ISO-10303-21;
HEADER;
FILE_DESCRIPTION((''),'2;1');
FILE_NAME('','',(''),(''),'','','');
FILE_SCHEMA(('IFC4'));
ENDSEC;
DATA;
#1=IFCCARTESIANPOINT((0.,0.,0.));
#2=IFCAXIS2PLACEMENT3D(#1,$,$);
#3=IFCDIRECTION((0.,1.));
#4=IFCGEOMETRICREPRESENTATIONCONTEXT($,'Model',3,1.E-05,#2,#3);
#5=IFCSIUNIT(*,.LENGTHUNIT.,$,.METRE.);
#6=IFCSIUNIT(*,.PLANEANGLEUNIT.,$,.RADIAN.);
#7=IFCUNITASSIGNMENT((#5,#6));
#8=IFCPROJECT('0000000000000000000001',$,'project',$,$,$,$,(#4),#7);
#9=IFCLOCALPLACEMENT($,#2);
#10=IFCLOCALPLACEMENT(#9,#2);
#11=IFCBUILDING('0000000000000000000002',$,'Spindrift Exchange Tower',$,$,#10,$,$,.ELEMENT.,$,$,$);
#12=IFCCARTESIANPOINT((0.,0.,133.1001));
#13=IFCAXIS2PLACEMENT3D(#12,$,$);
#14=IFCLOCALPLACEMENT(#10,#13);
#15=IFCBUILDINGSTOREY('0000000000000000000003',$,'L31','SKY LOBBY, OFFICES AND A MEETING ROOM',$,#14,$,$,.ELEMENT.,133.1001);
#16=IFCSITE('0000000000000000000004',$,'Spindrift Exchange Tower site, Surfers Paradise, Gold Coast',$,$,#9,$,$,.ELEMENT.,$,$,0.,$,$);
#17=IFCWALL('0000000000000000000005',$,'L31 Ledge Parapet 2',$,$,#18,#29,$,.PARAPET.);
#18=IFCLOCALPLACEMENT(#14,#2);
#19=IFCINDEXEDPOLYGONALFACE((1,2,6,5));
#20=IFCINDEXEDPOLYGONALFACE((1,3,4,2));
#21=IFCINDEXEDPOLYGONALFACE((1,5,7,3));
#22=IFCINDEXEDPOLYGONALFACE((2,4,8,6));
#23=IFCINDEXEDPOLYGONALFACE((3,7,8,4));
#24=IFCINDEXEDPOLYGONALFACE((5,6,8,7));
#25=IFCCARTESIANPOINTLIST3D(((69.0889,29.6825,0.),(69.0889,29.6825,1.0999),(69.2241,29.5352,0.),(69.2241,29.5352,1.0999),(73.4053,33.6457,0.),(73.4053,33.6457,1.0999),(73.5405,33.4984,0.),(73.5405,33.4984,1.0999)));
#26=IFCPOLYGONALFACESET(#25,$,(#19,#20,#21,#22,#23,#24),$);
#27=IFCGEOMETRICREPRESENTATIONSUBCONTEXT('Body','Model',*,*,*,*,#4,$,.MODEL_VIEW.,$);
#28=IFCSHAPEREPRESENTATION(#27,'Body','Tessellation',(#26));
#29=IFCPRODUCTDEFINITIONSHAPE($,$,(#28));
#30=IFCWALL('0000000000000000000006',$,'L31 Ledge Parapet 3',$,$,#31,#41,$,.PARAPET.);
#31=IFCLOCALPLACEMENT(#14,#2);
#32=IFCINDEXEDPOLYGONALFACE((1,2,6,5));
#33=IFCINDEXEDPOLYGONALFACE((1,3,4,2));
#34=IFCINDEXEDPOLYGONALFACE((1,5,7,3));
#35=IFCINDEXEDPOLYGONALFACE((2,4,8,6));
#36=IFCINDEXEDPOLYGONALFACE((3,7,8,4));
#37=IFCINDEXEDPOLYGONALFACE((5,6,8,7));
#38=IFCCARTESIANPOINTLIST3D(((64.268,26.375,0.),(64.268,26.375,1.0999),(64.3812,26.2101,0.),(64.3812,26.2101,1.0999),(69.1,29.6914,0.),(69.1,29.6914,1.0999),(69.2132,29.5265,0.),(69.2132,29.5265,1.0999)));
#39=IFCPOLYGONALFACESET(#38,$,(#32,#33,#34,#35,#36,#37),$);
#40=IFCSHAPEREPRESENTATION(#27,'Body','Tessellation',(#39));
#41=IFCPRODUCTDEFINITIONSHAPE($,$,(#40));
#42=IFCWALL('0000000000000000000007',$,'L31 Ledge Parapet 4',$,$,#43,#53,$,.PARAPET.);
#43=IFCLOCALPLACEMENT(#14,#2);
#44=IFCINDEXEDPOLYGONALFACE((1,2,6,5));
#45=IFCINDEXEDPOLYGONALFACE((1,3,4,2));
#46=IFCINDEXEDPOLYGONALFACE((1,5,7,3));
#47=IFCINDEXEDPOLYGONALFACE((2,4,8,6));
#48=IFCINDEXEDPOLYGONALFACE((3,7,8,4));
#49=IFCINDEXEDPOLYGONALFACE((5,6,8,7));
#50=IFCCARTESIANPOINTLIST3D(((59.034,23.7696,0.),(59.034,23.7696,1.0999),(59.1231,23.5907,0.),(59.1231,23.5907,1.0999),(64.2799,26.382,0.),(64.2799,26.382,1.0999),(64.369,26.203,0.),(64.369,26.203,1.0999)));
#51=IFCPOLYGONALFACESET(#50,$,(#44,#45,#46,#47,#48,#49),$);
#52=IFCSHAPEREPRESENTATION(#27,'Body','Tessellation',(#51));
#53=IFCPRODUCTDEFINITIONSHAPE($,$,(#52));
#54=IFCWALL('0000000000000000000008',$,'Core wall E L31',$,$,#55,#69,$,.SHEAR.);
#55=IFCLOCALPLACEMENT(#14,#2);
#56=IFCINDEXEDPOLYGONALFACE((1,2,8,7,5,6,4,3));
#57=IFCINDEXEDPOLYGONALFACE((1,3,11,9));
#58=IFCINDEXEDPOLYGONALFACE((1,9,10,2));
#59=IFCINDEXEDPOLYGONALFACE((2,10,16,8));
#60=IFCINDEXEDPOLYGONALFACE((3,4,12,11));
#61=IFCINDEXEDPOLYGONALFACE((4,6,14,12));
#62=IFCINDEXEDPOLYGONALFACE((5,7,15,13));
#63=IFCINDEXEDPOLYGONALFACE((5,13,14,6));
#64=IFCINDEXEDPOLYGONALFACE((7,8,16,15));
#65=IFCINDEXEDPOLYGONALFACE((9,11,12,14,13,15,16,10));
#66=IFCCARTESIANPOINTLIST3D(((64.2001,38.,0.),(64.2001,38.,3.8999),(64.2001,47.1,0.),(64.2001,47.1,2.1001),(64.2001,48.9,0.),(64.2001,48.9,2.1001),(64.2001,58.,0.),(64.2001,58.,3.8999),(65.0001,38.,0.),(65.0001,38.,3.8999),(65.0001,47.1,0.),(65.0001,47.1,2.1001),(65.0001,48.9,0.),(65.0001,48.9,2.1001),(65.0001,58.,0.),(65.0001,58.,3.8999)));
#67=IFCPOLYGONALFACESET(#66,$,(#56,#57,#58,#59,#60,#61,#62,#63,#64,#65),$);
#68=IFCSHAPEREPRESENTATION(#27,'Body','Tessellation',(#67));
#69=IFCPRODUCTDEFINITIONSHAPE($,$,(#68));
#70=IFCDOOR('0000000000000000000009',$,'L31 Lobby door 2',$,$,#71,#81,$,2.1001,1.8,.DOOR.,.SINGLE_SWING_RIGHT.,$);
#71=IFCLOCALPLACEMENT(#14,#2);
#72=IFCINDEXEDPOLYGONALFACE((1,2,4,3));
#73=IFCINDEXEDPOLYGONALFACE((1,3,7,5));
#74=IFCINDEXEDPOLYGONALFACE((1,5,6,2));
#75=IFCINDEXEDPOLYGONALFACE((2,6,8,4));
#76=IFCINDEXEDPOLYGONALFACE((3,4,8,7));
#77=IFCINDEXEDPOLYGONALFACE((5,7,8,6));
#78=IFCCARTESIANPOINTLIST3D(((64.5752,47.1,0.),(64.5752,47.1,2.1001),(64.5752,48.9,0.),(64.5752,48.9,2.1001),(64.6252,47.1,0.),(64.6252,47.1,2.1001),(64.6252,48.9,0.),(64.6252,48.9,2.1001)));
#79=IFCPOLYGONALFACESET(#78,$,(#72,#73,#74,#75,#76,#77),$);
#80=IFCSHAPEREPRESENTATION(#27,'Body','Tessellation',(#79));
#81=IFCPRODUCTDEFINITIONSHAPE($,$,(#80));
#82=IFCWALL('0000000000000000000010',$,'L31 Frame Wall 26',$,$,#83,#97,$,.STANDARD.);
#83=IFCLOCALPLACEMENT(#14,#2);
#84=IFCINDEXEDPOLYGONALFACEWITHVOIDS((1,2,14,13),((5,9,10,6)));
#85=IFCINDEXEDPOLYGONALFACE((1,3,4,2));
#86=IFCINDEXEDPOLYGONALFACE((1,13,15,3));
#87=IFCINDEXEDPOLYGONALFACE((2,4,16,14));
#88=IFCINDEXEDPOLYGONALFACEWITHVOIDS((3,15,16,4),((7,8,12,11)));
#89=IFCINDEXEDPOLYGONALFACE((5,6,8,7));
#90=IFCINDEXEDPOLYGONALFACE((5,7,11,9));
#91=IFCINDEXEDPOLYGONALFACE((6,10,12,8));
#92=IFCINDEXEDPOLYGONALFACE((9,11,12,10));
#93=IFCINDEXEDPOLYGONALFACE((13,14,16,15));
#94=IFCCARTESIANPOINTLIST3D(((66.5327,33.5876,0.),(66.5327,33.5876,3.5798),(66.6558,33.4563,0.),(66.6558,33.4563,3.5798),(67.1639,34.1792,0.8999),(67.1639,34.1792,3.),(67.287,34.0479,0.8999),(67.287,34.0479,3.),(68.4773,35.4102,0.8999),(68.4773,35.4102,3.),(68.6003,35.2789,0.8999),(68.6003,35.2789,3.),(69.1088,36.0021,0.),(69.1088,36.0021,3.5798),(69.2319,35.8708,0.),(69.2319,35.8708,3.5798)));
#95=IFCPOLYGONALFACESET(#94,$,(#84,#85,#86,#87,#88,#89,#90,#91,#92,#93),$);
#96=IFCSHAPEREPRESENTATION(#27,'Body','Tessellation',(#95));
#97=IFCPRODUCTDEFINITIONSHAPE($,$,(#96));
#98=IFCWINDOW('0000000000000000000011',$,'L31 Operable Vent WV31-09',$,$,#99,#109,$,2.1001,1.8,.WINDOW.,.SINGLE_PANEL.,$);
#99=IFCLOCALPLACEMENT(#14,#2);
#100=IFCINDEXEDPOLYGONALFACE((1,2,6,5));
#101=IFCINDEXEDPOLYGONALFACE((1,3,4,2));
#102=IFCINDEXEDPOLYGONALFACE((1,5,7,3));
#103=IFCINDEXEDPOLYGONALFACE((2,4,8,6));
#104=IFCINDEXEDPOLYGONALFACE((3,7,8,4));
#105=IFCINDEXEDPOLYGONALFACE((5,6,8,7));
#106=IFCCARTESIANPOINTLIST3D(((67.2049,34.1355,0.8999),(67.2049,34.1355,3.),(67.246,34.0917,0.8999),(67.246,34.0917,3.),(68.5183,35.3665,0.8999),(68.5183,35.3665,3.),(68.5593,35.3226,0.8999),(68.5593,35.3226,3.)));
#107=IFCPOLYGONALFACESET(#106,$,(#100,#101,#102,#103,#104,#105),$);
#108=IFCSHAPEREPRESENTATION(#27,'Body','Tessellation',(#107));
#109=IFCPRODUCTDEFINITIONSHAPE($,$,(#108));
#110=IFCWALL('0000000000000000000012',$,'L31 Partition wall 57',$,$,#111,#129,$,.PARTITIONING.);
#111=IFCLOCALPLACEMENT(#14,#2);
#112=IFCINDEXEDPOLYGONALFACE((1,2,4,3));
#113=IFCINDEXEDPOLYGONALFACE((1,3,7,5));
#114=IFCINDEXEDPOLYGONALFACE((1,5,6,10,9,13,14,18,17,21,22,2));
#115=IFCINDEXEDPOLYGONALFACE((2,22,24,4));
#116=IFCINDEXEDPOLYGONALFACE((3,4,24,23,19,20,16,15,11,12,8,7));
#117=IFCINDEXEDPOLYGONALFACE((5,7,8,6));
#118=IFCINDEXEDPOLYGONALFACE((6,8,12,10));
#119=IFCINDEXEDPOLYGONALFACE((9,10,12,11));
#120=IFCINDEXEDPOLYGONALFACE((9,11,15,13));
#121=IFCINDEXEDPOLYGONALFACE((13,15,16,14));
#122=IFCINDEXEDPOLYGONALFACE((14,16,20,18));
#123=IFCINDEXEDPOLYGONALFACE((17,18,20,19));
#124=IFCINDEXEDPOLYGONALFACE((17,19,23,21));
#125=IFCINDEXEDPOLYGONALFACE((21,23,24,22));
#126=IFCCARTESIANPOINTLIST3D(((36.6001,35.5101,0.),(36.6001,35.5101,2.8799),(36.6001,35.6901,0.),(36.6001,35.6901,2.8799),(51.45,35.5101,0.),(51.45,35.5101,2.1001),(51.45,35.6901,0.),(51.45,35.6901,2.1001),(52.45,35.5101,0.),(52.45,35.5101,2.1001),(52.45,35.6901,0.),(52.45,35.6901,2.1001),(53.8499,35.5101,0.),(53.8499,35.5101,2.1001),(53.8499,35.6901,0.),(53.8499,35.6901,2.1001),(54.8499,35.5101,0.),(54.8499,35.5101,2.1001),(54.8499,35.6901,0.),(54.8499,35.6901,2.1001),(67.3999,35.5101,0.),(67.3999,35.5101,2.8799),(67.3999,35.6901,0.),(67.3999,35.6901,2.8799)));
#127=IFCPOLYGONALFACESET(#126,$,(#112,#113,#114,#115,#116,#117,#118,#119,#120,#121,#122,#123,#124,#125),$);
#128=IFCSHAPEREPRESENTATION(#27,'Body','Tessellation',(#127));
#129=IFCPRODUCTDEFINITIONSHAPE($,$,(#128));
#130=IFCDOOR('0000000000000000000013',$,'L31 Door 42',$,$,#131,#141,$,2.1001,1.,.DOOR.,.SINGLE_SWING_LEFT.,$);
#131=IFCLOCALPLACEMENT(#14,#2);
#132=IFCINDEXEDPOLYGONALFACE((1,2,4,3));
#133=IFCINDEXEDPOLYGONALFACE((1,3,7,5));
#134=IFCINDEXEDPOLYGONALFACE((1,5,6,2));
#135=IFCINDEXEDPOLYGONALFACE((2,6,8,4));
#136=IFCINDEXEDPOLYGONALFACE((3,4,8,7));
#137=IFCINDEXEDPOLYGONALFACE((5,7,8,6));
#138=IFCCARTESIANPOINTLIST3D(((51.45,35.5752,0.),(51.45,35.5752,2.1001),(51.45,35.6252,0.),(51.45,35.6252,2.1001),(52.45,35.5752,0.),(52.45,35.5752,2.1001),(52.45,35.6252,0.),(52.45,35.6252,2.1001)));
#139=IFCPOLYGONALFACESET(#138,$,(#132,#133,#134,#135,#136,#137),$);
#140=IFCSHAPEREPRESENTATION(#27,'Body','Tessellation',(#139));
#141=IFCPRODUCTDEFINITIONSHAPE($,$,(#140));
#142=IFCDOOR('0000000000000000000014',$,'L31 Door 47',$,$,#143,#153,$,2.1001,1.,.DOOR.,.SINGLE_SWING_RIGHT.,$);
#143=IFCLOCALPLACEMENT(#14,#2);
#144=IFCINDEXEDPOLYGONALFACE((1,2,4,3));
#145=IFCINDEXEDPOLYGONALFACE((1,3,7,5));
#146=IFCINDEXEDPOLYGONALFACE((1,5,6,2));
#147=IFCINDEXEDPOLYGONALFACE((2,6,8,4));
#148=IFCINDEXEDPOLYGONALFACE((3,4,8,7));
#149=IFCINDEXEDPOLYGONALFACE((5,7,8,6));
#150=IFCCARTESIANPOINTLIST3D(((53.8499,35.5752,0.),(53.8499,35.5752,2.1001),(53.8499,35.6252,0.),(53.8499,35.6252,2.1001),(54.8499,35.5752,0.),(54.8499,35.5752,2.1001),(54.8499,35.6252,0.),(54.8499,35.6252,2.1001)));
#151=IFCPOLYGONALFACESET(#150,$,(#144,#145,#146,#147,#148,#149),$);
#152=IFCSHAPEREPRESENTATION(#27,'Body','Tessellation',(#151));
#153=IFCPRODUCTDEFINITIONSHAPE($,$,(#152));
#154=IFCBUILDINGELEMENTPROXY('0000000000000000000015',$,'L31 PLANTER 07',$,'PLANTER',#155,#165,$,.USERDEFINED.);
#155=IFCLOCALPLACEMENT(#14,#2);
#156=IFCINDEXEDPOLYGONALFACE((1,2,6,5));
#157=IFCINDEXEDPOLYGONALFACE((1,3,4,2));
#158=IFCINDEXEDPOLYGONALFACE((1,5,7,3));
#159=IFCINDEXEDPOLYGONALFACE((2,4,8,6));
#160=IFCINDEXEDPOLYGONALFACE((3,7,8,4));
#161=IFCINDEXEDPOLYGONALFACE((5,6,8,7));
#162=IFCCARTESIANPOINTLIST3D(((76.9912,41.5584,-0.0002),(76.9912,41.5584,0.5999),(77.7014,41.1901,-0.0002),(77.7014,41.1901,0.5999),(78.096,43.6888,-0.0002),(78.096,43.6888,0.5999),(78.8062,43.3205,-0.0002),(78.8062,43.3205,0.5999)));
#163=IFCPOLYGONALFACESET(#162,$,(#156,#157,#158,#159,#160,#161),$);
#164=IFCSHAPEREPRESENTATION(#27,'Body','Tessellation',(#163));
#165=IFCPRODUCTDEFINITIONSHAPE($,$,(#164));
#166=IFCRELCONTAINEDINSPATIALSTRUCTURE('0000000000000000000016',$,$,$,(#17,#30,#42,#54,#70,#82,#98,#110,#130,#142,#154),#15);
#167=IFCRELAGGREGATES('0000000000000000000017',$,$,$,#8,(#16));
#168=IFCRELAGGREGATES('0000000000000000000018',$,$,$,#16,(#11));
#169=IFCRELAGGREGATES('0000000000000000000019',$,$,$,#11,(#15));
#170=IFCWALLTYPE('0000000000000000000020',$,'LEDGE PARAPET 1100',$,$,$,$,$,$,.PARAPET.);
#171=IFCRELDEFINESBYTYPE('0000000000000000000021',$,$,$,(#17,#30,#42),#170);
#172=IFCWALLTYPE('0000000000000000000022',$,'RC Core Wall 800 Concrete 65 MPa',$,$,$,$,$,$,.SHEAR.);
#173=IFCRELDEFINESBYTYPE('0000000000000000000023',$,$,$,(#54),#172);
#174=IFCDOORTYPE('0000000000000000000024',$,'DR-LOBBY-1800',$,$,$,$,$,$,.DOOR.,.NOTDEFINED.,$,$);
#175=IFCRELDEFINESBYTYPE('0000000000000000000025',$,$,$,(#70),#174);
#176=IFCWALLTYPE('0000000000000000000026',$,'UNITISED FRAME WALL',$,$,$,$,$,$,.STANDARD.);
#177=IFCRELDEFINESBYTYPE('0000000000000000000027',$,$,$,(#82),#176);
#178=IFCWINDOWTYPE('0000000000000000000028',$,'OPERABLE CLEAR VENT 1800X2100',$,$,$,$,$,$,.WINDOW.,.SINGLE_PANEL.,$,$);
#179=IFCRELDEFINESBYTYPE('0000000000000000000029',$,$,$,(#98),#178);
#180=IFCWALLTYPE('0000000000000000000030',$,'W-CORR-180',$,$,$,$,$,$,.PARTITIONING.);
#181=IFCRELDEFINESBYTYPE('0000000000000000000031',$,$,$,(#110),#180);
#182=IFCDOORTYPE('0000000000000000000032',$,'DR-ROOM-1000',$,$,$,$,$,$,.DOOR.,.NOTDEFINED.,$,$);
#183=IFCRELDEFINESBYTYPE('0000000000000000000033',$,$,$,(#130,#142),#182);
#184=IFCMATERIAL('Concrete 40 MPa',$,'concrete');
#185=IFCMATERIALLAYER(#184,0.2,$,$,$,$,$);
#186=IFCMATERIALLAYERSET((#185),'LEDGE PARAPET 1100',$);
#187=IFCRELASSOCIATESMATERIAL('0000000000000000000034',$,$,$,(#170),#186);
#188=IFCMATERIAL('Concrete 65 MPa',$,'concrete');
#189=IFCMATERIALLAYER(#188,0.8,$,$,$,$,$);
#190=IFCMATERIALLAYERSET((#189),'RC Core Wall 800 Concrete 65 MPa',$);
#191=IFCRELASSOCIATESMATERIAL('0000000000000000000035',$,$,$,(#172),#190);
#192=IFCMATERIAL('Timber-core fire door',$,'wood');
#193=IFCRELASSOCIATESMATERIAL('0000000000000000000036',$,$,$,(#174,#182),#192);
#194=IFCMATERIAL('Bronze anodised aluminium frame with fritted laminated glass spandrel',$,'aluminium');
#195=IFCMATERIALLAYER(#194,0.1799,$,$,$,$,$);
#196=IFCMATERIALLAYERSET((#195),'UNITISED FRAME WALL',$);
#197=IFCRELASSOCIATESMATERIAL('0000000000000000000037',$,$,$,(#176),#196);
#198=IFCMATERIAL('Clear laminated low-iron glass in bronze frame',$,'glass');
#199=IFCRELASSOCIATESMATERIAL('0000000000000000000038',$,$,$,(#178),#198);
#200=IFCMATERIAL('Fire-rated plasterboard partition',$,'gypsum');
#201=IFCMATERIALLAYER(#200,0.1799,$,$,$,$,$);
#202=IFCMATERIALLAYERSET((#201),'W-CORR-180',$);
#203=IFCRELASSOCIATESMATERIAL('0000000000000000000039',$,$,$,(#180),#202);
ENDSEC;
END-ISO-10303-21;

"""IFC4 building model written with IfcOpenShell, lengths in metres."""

from ifc_helpers import new_model, si_unit, direction, frame, frame_2d, origin, origin_2d, place, context, subcontext, project, spatial, rectangle, extrude, source, transform, mapped, material, layer, layer_set, type_object, element, fill, save


model = new_model("IFC4")

# Units and contexts
model_context = context("Model", 3, precision=1e-05, world=origin(), true_north=direction((0.0, 1.0)))
body_context = subcontext(model_context, "Body", "Model", "MODEL_VIEW")
ifc_project = project(units=[si_unit("LENGTHUNIT", "METRE"), si_unit("PLANEANGLEUNIT", "RADIAN")], contexts=[model_context])

# Site, building, storey
site_placement = place(None, origin())
site = spatial("IfcSite", under=ifc_project, at=site_placement, Name="Spindrift Exchange Tower site, Surfers Paradise, Gold Coast", CompositionType="ELEMENT", RefElevation=0.0)
building_placement = place(site_placement, origin())
building = spatial("IfcBuilding", under=site, at=building_placement, Name="Spindrift Exchange Tower", CompositionType="ELEMENT")
storey_placement = place(building_placement, frame((0.0, 0.0, 133.1001)))
storey = spatial("IfcBuildingStorey", under=building, at=storey_placement, Name="L31", Description="SKY LOBBY, OFFICES AND A MEETING ROOM", CompositionType="ELEMENT", Elevation=133.1001)

# Walls
ifc_material_1 = material(Name="Concrete 40 MPa", Category="concrete")
ifc_layer_1 = layer(ifc_material_1, 0.2)
ifc_layer_set_1 = layer_set([ifc_layer_1], Name="LEDGE PARAPET 1100")
wall_type_1 = type_object("IfcWallType", Name="LEDGE PARAPET 1100", PredefinedType="PARAPET", material=ifc_layer_set_1)
wall_1_placement = place(storey_placement, frame((73.4729, 33.572, 0.0), z_axis=(0.0, 0.0, 1.0), x_axis=(-0.736607, -0.676321, 0.0)))
element("IfcWall", 1, at=wall_1_placement, inside=storey, type_object=wall_type_1, Name="L31 Ledge Parapet 2", PredefinedType="PARAPET", context=body_context, shape_type="SweptSolid", body=[
    extrude(rectangle(XDim=5.8599, YDim=0.2, at=frame_2d((2.9299, 0.0))), origin(), (0.0, 0.0, 1.0), 1.0999),
])
wall_2_placement = place(storey_placement, frame((69.1565, 29.6089, 0.0), z_axis=(0.0, 0.0, 1.0), x_axis=(-0.824489, -0.565878, 0.0)))
element("IfcWall", 2, at=wall_2_placement, inside=storey, type_object=wall_type_1, Name="L31 Ledge Parapet 3", PredefinedType="PARAPET", context=body_context, shape_type="SweptSolid", body=[
    extrude(rectangle(XDim=5.8606, YDim=0.2, at=frame_2d((2.9302, 0.0))), origin(), (0.0, 0.0, 1.0), 1.0999),
])
wall_3_placement = place(storey_placement, frame((64.3245, 26.2925, 0.0), z_axis=(0.0, 0.0, 1.0), x_axis=(-0.895151, -0.445763, 0.0)))
element("IfcWall", 3, at=wall_3_placement, inside=storey, type_object=wall_type_1, Name="L31 Ledge Parapet 4", PredefinedType="PARAPET", context=body_context, shape_type="SweptSolid", body=[
    extrude(rectangle(XDim=5.8604, YDim=0.2, at=frame_2d((2.9302, 0.0))), origin(), (0.0, 0.0, 1.0), 1.0999),
])

# Wall, opening, door
ifc_material_2 = material(Name="Concrete 65 MPa", Category="concrete")
ifc_layer_2 = layer(ifc_material_2, 0.8)
ifc_layer_set_2 = layer_set([ifc_layer_2], Name="RC Core Wall 800 Concrete 65 MPa")
wall_type_2 = type_object("IfcWallType", Name="RC Core Wall 800 Concrete 65 MPa", PredefinedType="SHEAR", material=ifc_layer_set_2)
wall_4_placement = place(storey_placement, frame((64.6001, 38.0, 0.0), z_axis=(0.0, 0.0, 1.0), x_axis=(0.0, 1.0, 0.0)))
wall_4 = element("IfcWall", 4, at=wall_4_placement, inside=storey, type_object=wall_type_2, Name="Core wall E L31", PredefinedType="SHEAR", context=body_context, shape_type="SweptSolid", body=[
    extrude(rectangle(XDim=20.0, YDim=0.8, at=frame_2d((10.0, 0.0))), origin(), (0.0, 0.0, 1.0), 3.8999),
])
opening_1_placement = place(wall_4_placement, frame((9.1001, 0.0, 0.0)))
opening_1 = element("IfcOpeningElement", 5, at=opening_1_placement, cuts=wall_4, PredefinedType="OPENING", context=body_context, shape_type="SweptSolid", body=[
    extrude(rectangle(XDim=1.8, YDim=2.1001, at=frame_2d((0.8999, 1.05))), frame((0.0, 0.4099, 0.0), z_axis=(0.0, -1.0, 0.0), x_axis=(1.0, 0.0, 0.0)), (0.0, 0.0, 1.0), 0.8201),
])
ifc_material_3 = material(Name="Timber-core fire door", Category="wood")
door_type_1 = type_object("IfcDoorType", Name="DR-LOBBY-1800", OperationType="NOTDEFINED", PredefinedType="DOOR", material=ifc_material_3)
shared_shape_1 = source(origin(), body_context, "Body", "SweptSolid", [
    extrude(rectangle(XDim=1.8, YDim=2.1001, at=frame_2d((0.8999, 1.05))), frame((0.0, 0.0249, 0.0), z_axis=(0.0, -1.0, 0.0), x_axis=(1.0, 0.0, 0.0)), (0.0, 0.0, 1.0), 0.05),
])
door_1_placement = place(opening_1_placement, origin())
door_1 = element("IfcDoor", 6, at=door_1_placement, inside=storey, type_object=door_type_1, Name="L31 Lobby door 2", OperationType="SINGLE_SWING_RIGHT", OverallHeight=2.1001, OverallWidth=1.8, PredefinedType="DOOR", context=body_context, shape_type="MappedRepresentation", body=[
    mapped(shared_shape_1, transform((0.0, 0.0, 0.0), scale=1.0)),
])
fill(opening_1, door_1)

# Wall, opening, window
ifc_material_4 = material(Name="Bronze anodised aluminium frame with fritted laminated glass spandrel", Category="aluminium")
ifc_layer_3 = layer(ifc_material_4, 0.1799)
ifc_layer_set_3 = layer_set([ifc_layer_3], Name="UNITISED FRAME WALL")
wall_type_3 = type_object("IfcWallType", Name="UNITISED FRAME WALL", PredefinedType="STANDARD", material=ifc_layer_set_3)
wall_5_placement = place(storey_placement, frame((66.5942, 33.522, 0.0), z_axis=(0.0, 0.0, 1.0), x_axis=(0.729623, 0.683849, 0.0)))
wall_5 = element("IfcWall", 7, at=wall_5_placement, inside=storey, type_object=wall_type_3, Name="L31 Frame Wall 26", PredefinedType="STANDARD", context=body_context, shape_type="SweptSolid", body=[
    extrude(rectangle(XDim=3.5308, YDim=0.1799, at=frame_2d((1.7654, 0.0))), origin(), (0.0, 0.0, 1.0), 3.5798),
])
opening_2_placement = place(wall_5_placement, frame((0.8652, 0.0, 0.8999)))
opening_2 = element("IfcOpeningElement", 8, at=opening_2_placement, cuts=wall_5, PredefinedType="OPENING", context=body_context, shape_type="SweptSolid", body=[
    extrude(rectangle(XDim=1.8, YDim=2.1001, at=frame_2d((0.8999, 1.05))), frame((0.0, 0.0999, 0.0), z_axis=(0.0, -1.0, 0.0), x_axis=(1.0, 0.0, 0.0)), (0.0, 0.0, 1.0), 0.2),
])
ifc_material_5 = material(Name="Clear laminated low-iron glass in bronze frame", Category="glass")
window_type = type_object("IfcWindowType", Name="OPERABLE CLEAR VENT 1800X2100", PartitioningType="SINGLE_PANEL", PredefinedType="WINDOW", material=ifc_material_5)
shared_shape_2 = source(origin(), body_context, "Body", "SweptSolid", [
    extrude(rectangle(XDim=1.8, YDim=2.1001, at=frame_2d((0.8999, 1.05))), frame((0.0, 0.03, 0.0), z_axis=(0.0, -1.0, 0.0), x_axis=(1.0, 0.0, 0.0)), (0.0, 0.0, 1.0), 0.0601),
])
window_placement = place(opening_2_placement, origin())
window = element("IfcWindow", 9, at=window_placement, inside=storey, type_object=window_type, Name="L31 Operable Vent WV31-09", OverallHeight=2.1001, OverallWidth=1.8, PartitioningType="SINGLE_PANEL", PredefinedType="WINDOW", context=body_context, shape_type="MappedRepresentation", body=[
    mapped(shared_shape_2, transform((0.0, 0.0, 0.0), scale=1.0)),
])
fill(opening_2, window)

# Wall, openings, doors
ifc_material_6 = material(Name="Fire-rated plasterboard partition", Category="gypsum")
ifc_layer_4 = layer(ifc_material_6, 0.1799)
ifc_layer_set_4 = layer_set([ifc_layer_4], Name="W-CORR-180")
wall_type_4 = type_object("IfcWallType", Name="W-CORR-180", PredefinedType="PARTITIONING", material=ifc_layer_set_4)
wall_6_placement = place(storey_placement, frame((67.3999, 35.6001, 0.0), z_axis=(0.0, 0.0, 1.0), x_axis=(-1.0, 0.0, 0.0)))
wall_6 = element("IfcWall", 10, at=wall_6_placement, inside=storey, type_object=wall_type_4, Name="L31 Partition wall 57", PredefinedType="PARTITIONING", context=body_context, shape_type="SweptSolid", body=[
    extrude(rectangle(XDim=30.7998, YDim=0.1799, at=frame_2d((15.3999, 0.0))), origin(), (0.0, 0.0, 1.0), 2.8799),
])
opening_3_placement = place(wall_6_placement, frame((14.95, 0.0, 0.0)))
opening_3 = element("IfcOpeningElement", 11, at=opening_3_placement, cuts=wall_6, PredefinedType="OPENING", context=body_context, shape_type="SweptSolid", body=[
    extrude(rectangle(XDim=1.0, YDim=2.1001, at=frame_2d((0.5, 1.05))), frame((0.0, 0.0999, 0.0), z_axis=(0.0, -1.0, 0.0), x_axis=(1.0, 0.0, 0.0)), (0.0, 0.0, 1.0), 0.2),
])
opening_4_placement = place(wall_6_placement, frame((12.55, 0.0, 0.0)))
opening_4 = element("IfcOpeningElement", 12, at=opening_4_placement, cuts=wall_6, PredefinedType="OPENING", context=body_context, shape_type="SweptSolid", body=[
    extrude(rectangle(XDim=1.0, YDim=2.1001, at=frame_2d((0.5, 1.05))), frame((0.0, 0.0999, 0.0), z_axis=(0.0, -1.0, 0.0), x_axis=(1.0, 0.0, 0.0)), (0.0, 0.0, 1.0), 0.2),
])
door_type_2 = type_object("IfcDoorType", Name="DR-ROOM-1000", OperationType="NOTDEFINED", PredefinedType="DOOR", material=ifc_material_3)
shared_shape_3 = source(origin(), body_context, "Body", "SweptSolid", [
    extrude(rectangle(XDim=1.0, YDim=2.1001, at=frame_2d((0.5, 1.05))), frame((0.0, 0.0249, 0.0), z_axis=(0.0, -1.0, 0.0), x_axis=(1.0, 0.0, 0.0)), (0.0, 0.0, 1.0), 0.05),
])
door_2_placement = place(opening_3_placement, origin())
door_2 = element("IfcDoor", 13, at=door_2_placement, inside=storey, type_object=door_type_2, Name="L31 Door 42", OperationType="SINGLE_SWING_LEFT", OverallHeight=2.1001, OverallWidth=1.0, PredefinedType="DOOR", context=body_context, shape_type="MappedRepresentation", body=[
    mapped(shared_shape_3, transform((0.0, 0.0, 0.0), scale=1.0)),
])
fill(opening_3, door_2)
door_3_placement = place(opening_4_placement, origin())
door_3 = element("IfcDoor", 14, at=door_3_placement, inside=storey, type_object=door_type_2, Name="L31 Door 47", OperationType="SINGLE_SWING_RIGHT", OverallHeight=2.1001, OverallWidth=1.0, PredefinedType="DOOR", context=body_context, shape_type="MappedRepresentation", body=[
    mapped(shared_shape_3, transform((0.0, 0.0, 0.0), scale=1.0)),
])
fill(opening_4, door_3)

# Building element proxy
shared_shape_4 = source(origin(), body_context, "Body", "SweptSolid", [
    extrude(rectangle(XDim=2.3999, YDim=0.8, at=origin_2d()), origin(), (0.0, 0.0, 1.0), 0.6001),
])
proxy_placement = place(storey_placement, frame((77.8987, 42.4395, -0.0002), z_axis=(0.0, 0.0, 1.0), x_axis=(-0.460349, -0.887738, 0.0)))
element("IfcBuildingElementProxy", 15, at=proxy_placement, inside=storey, Name="L31 PLANTER 07", ObjectType="PLANTER", PredefinedType="USERDEFINED", context=body_context, shape_type="MappedRepresentation", body=[
    mapped(shared_shape_4, transform((0.0, 0.0, 0.0), scale=1.0)),
])

save(model, "model.ifc")
